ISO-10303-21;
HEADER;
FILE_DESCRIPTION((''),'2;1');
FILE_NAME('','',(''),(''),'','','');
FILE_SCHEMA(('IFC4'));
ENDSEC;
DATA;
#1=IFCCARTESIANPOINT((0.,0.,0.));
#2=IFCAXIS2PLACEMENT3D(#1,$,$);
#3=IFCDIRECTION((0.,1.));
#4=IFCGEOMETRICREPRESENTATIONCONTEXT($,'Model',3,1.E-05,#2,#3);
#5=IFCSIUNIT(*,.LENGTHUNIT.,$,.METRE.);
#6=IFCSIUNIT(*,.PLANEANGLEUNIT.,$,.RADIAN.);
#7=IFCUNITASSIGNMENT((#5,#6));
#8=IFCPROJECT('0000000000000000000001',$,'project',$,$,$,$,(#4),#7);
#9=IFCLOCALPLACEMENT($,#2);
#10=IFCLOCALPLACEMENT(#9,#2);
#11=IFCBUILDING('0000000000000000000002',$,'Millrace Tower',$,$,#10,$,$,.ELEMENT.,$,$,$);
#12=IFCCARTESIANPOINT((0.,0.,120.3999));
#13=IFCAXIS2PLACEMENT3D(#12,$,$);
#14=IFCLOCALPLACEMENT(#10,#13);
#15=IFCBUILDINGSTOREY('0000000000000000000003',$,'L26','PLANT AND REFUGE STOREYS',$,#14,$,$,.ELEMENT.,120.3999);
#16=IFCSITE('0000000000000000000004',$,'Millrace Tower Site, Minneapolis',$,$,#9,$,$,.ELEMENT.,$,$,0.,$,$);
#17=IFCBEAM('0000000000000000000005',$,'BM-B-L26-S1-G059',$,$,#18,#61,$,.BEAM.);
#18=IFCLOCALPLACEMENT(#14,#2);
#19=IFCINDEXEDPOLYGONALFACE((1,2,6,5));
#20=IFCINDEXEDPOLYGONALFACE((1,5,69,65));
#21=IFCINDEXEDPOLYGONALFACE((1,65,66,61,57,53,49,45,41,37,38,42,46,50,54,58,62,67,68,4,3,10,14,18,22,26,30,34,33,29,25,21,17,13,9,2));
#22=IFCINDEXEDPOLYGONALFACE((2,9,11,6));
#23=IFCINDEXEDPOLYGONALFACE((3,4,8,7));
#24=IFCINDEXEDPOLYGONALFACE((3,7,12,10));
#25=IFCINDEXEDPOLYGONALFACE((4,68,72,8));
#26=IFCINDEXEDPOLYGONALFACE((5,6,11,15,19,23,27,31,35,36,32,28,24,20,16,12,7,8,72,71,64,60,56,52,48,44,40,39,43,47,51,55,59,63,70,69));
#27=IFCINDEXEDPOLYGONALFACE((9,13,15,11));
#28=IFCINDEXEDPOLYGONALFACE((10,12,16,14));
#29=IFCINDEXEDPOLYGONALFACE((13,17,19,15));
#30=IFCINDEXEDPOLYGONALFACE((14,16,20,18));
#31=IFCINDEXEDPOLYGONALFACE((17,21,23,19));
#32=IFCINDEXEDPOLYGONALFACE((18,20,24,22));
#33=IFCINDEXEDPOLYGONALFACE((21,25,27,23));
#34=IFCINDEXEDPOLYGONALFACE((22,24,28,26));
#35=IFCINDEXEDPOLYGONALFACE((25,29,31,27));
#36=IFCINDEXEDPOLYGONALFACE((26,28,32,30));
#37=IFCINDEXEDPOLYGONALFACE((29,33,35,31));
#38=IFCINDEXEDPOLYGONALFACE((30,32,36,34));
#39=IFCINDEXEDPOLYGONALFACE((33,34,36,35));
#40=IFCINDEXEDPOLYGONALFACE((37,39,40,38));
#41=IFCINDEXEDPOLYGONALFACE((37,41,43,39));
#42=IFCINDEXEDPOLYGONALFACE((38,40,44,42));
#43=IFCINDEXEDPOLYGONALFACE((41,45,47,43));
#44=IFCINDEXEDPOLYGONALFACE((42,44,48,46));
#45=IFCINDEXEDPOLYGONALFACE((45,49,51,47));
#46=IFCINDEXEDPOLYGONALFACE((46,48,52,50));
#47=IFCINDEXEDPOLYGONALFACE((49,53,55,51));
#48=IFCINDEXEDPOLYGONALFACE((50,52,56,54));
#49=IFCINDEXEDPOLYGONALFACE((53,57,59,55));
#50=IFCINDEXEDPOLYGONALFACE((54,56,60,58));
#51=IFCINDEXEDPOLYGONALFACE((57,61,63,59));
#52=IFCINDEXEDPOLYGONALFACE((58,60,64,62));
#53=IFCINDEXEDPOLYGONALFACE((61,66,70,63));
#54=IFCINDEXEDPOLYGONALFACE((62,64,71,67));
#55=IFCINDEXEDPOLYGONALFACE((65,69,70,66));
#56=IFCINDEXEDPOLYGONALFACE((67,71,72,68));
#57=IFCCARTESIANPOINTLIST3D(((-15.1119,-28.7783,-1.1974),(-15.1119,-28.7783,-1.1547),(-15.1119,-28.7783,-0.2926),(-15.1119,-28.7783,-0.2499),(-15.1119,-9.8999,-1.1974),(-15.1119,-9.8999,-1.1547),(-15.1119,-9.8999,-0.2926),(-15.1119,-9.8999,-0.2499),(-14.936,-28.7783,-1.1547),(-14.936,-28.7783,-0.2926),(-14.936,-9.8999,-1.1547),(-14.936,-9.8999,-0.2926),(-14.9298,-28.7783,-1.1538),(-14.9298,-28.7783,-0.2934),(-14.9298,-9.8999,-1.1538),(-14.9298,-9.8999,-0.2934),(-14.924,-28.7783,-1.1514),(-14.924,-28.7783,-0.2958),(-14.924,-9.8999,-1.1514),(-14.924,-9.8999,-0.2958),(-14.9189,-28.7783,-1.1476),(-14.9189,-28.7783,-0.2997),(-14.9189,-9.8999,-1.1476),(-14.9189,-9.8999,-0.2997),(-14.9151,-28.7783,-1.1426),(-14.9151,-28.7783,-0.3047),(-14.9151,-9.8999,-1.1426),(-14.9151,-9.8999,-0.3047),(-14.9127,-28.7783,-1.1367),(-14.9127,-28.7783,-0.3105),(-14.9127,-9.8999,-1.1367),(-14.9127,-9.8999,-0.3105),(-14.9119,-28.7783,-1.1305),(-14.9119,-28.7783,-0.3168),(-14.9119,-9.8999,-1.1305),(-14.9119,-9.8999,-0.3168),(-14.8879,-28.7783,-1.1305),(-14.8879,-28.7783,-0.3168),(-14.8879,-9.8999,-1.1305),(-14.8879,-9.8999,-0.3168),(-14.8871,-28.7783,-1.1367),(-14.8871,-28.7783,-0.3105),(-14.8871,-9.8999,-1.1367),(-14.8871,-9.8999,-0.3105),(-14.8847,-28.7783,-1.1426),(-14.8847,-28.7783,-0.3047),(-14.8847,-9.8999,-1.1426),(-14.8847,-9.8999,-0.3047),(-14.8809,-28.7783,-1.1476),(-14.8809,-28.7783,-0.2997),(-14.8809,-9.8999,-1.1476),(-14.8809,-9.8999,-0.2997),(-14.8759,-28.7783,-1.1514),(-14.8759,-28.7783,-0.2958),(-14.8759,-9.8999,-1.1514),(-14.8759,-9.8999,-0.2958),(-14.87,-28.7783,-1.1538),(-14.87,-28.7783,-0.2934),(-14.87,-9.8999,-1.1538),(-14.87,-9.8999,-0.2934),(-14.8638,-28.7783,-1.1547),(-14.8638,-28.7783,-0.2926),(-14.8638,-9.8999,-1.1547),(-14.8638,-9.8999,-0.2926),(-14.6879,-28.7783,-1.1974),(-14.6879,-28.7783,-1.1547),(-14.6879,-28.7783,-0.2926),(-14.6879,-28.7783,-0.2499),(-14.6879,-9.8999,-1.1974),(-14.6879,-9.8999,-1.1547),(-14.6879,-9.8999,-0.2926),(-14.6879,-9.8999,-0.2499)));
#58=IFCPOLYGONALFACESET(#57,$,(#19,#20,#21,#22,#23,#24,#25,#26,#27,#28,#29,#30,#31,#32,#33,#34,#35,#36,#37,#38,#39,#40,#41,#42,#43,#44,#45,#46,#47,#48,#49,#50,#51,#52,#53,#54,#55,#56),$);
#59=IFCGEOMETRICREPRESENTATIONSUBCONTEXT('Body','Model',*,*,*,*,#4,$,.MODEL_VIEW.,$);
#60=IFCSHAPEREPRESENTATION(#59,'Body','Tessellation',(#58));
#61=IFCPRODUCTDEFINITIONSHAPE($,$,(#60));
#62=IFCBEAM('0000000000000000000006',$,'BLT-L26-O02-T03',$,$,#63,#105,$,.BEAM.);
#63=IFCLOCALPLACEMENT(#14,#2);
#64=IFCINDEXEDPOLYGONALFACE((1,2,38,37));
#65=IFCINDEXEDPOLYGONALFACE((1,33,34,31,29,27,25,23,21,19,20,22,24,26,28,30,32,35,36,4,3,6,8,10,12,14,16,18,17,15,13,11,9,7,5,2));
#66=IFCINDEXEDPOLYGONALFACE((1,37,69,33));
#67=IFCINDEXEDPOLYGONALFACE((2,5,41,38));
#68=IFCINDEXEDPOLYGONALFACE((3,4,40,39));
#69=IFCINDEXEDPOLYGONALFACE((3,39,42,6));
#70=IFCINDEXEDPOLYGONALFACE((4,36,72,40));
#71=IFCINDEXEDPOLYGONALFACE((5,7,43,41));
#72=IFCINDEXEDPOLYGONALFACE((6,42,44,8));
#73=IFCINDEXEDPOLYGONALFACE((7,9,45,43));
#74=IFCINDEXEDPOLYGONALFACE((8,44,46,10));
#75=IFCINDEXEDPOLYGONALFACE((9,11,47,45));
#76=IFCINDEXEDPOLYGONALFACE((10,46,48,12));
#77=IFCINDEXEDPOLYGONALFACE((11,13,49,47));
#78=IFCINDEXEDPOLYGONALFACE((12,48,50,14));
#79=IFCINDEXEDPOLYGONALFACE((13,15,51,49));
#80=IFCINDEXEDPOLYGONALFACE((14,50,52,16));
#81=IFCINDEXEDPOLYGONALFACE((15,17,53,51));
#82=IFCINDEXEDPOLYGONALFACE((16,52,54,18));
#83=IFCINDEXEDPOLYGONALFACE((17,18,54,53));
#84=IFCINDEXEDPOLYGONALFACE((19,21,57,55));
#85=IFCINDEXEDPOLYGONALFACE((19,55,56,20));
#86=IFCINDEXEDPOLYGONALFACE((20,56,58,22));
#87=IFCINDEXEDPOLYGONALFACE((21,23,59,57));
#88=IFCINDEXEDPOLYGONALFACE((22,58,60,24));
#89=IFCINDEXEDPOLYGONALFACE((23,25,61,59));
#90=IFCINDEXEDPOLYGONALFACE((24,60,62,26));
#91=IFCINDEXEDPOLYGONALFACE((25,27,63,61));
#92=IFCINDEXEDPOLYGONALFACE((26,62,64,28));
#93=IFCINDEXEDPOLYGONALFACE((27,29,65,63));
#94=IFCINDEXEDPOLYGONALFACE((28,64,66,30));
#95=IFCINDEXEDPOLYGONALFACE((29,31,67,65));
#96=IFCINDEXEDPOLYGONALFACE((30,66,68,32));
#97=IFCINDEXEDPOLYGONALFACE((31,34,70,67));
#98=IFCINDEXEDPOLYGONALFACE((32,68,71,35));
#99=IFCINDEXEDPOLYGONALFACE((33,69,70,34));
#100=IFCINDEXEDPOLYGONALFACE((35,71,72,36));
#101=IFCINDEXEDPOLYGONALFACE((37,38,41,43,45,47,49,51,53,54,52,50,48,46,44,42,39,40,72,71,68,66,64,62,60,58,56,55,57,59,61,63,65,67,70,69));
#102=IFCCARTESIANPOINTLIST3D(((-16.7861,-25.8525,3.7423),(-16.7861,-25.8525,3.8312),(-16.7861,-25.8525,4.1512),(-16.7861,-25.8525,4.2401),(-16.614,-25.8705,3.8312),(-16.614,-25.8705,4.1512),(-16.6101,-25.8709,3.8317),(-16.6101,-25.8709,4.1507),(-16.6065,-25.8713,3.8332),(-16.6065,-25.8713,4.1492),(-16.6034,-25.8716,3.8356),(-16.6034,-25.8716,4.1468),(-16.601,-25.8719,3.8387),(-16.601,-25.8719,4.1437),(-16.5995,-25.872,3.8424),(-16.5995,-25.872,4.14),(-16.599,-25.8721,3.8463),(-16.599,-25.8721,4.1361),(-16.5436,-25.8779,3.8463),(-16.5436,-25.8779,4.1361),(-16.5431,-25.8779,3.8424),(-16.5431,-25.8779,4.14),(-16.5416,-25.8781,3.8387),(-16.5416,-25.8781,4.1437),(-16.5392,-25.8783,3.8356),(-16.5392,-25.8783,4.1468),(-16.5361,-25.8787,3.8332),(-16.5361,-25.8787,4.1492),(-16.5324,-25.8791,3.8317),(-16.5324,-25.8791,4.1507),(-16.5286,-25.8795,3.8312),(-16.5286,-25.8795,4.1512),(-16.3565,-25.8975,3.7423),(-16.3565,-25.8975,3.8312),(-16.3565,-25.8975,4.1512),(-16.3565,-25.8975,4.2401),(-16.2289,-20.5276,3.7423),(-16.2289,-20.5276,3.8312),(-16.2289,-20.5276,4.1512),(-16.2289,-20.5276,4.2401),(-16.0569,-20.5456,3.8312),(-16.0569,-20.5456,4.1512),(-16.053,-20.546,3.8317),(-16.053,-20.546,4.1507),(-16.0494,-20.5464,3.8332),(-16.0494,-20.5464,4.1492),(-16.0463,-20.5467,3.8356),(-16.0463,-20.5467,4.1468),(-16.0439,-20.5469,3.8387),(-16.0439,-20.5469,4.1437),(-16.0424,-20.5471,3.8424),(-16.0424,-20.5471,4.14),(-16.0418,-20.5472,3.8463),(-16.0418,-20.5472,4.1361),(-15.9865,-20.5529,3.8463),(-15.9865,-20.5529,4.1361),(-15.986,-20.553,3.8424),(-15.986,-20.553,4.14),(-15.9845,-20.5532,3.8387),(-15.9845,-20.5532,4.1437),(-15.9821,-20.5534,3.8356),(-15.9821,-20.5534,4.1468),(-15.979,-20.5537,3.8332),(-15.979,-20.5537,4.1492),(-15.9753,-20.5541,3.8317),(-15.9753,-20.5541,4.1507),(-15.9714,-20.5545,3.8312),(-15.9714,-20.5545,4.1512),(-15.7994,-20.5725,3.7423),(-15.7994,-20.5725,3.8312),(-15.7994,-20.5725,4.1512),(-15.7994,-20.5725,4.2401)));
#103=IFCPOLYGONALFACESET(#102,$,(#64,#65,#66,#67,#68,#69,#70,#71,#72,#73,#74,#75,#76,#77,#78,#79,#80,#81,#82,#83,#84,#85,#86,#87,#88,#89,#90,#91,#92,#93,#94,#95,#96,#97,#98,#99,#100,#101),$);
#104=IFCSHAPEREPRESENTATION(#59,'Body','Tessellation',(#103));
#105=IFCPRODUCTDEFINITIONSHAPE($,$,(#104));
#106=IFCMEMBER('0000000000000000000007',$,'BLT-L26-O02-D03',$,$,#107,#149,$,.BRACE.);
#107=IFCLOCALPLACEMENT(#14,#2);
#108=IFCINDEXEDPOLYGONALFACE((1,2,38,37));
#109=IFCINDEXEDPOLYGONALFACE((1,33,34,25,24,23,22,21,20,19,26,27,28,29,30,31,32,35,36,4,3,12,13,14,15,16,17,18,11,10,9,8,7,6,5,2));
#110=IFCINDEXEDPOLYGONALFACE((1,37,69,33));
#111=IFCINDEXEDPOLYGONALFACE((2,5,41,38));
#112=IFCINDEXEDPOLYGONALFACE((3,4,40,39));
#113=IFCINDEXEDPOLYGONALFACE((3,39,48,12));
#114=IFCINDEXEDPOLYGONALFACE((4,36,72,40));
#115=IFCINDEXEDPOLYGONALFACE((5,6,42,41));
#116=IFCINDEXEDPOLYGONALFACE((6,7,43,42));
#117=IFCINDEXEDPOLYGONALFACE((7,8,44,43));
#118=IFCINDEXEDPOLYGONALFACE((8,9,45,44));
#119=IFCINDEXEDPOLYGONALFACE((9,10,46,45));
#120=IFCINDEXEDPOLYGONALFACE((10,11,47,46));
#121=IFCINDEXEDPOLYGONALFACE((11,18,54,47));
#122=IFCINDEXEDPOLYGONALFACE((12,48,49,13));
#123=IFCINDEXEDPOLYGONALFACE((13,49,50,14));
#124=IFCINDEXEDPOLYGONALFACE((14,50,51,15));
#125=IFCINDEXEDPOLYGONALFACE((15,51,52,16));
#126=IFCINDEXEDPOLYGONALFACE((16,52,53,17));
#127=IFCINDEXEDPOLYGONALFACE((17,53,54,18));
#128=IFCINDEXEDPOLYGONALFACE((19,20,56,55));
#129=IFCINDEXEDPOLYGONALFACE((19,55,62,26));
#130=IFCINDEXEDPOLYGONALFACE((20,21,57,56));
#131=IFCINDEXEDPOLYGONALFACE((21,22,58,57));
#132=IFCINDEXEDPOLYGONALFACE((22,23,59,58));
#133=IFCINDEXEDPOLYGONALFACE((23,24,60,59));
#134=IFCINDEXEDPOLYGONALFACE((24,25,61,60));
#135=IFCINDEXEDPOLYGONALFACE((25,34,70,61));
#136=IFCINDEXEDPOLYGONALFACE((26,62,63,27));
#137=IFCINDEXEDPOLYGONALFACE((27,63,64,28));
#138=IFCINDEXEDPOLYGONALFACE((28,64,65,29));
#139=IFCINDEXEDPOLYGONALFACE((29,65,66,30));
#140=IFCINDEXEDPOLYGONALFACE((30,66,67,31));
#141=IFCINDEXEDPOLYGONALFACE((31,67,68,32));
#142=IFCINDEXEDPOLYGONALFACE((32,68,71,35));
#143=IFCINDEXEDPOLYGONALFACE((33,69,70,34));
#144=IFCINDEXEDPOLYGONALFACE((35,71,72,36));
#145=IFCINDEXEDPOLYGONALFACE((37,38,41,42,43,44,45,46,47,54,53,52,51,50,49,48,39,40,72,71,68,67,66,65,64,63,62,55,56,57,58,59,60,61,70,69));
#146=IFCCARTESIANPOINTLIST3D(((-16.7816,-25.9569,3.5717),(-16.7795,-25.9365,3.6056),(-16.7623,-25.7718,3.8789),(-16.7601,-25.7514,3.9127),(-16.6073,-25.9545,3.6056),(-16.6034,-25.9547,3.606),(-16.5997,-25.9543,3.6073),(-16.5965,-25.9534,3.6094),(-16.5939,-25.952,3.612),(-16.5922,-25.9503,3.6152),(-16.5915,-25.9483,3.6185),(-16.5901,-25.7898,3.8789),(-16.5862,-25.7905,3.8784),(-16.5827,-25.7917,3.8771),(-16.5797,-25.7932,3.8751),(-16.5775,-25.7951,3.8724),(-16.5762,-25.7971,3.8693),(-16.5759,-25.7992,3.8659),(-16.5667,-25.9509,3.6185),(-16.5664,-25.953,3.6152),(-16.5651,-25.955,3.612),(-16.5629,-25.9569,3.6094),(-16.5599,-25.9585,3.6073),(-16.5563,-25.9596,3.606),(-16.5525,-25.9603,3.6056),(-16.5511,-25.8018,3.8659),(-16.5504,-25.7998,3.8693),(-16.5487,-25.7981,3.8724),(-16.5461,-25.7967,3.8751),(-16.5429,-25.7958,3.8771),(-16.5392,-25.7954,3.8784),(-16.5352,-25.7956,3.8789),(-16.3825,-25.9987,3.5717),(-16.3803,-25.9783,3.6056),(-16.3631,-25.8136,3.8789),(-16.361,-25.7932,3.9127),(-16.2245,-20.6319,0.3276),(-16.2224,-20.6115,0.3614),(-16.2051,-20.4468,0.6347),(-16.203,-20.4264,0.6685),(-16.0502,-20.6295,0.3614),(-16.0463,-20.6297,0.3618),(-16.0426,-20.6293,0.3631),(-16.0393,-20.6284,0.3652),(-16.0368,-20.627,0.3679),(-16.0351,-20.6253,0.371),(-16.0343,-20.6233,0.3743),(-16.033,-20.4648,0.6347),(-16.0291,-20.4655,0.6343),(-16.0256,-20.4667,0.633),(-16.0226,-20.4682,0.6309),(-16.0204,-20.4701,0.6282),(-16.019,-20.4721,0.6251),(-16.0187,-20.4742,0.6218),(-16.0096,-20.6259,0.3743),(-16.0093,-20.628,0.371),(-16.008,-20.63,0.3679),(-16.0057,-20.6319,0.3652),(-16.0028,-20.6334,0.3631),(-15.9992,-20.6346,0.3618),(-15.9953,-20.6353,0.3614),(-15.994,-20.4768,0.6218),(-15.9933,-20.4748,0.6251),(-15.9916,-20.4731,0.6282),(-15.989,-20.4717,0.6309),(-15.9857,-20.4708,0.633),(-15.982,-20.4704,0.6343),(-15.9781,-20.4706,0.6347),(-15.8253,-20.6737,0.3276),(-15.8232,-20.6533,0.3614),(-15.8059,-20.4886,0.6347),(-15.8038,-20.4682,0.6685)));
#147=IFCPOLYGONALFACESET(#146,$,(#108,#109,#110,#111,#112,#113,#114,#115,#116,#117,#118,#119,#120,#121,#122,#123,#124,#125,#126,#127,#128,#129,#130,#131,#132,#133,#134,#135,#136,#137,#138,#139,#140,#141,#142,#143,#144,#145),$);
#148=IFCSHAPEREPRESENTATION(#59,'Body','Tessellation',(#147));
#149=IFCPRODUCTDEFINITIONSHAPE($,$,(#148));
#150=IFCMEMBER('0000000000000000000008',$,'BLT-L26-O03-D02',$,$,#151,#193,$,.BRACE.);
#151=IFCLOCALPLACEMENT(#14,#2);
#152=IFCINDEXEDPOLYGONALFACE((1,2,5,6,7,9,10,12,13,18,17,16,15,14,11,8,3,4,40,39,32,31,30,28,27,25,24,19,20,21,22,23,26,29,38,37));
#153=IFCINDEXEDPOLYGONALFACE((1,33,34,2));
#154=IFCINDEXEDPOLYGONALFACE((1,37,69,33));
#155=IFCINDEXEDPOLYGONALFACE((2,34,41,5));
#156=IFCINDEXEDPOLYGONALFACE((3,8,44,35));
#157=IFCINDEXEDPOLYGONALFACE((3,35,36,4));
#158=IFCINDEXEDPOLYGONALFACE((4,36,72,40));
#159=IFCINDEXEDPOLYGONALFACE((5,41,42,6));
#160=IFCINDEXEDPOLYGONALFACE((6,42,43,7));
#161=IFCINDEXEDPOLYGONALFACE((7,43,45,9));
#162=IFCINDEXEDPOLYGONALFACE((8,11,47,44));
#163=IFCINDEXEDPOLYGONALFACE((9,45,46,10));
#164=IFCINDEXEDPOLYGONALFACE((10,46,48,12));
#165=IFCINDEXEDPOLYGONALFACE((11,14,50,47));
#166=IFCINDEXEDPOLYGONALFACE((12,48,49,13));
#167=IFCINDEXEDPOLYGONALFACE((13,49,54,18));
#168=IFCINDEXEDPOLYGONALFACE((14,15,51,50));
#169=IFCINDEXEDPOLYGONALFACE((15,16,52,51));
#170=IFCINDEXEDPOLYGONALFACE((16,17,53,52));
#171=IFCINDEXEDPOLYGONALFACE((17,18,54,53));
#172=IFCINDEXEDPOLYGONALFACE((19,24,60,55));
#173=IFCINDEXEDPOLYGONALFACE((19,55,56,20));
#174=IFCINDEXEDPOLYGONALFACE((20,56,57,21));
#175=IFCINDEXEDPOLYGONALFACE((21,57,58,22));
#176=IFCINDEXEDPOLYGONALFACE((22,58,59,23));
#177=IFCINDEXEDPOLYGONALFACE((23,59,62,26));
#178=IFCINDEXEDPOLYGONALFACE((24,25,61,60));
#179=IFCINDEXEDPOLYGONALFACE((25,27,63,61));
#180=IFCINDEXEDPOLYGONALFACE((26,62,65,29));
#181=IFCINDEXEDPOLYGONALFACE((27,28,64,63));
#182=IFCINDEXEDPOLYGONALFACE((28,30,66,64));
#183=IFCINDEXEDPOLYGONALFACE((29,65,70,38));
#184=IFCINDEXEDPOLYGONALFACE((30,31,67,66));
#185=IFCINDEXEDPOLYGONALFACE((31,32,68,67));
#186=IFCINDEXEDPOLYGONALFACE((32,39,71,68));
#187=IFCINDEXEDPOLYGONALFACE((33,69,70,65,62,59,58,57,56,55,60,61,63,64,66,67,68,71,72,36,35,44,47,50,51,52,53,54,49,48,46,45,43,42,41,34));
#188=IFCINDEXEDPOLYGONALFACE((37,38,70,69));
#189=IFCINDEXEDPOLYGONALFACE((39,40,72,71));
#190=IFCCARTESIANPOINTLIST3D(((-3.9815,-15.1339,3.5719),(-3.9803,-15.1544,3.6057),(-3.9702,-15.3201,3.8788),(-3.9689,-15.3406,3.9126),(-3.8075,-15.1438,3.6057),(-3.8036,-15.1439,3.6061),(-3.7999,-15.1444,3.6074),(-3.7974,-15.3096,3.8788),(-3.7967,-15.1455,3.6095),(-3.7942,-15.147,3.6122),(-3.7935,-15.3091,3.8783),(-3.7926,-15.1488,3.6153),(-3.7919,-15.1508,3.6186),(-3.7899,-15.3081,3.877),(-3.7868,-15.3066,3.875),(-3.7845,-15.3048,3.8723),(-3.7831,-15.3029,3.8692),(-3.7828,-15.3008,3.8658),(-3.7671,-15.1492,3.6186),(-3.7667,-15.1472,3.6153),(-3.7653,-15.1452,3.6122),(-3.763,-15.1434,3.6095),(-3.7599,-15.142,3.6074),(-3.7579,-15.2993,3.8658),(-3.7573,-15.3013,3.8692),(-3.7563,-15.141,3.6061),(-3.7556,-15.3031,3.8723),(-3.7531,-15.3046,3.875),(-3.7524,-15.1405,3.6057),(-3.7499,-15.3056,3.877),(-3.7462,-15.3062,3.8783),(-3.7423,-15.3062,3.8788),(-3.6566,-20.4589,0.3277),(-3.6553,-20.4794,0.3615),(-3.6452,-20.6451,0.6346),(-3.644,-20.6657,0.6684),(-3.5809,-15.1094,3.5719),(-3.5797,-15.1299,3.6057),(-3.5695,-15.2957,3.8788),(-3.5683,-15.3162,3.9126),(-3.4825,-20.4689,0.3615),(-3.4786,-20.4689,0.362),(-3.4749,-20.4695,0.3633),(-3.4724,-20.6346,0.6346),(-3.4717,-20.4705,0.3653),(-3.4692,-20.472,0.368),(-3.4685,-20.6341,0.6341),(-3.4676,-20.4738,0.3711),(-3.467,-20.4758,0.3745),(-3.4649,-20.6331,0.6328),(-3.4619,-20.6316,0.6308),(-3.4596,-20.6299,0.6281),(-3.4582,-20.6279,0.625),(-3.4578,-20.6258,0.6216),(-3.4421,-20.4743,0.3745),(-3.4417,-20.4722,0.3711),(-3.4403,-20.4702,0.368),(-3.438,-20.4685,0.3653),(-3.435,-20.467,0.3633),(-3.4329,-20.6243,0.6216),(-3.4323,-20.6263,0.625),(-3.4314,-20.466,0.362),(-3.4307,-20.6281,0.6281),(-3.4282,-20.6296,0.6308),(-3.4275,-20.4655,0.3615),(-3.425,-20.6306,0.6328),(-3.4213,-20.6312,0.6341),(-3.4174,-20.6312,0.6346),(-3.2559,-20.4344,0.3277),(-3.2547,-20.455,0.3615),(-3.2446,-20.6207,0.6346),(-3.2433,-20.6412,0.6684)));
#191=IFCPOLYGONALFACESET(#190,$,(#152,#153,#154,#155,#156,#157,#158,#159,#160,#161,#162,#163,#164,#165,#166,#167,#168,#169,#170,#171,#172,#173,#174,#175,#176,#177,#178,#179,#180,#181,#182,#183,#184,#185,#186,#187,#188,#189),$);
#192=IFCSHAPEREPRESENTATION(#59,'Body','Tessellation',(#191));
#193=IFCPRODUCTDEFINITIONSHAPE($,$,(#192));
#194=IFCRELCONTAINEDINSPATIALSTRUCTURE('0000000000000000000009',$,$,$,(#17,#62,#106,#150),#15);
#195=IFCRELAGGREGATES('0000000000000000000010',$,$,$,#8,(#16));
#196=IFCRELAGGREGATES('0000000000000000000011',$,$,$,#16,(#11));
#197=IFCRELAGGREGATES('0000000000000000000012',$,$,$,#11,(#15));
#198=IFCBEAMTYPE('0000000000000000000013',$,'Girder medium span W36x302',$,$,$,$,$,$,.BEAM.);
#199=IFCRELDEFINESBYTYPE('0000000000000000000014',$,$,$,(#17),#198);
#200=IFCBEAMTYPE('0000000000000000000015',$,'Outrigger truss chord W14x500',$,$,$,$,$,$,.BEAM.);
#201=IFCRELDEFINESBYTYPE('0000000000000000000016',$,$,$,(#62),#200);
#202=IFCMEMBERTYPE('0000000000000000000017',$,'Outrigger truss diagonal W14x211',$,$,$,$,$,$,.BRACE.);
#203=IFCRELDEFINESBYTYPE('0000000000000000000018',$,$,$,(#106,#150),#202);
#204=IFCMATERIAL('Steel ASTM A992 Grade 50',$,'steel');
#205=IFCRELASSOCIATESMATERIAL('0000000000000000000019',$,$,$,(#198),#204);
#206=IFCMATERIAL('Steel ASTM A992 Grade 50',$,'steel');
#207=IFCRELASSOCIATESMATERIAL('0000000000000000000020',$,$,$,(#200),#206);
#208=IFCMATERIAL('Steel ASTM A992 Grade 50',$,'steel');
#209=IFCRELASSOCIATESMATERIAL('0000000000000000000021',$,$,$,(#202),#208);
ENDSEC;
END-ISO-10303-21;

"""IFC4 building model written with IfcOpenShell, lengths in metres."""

from ifc_helpers import new_model, si_unit, direction, frame, origin, origin_2d, place, context, subcontext, project, spatial, i_section, extrude, material, material_profile, profile_set, type_object, element, save


model = new_model("IFC4")

# Units and contexts
model_context = context("Model", 3, precision=1e-05, world=origin(), true_north=direction((0.0, 1.0)))
body_context = subcontext(model_context, "Body", "Model", "MODEL_VIEW")
ifc_project = project(units=[si_unit("LENGTHUNIT", "METRE"), si_unit("PLANEANGLEUNIT", "RADIAN")], contexts=[model_context])

# Site, building, storey
site_placement = place(None, origin())
site = spatial("IfcSite", under=ifc_project, at=site_placement, Name="Millrace Tower Site, Minneapolis", CompositionType="ELEMENT", RefElevation=0.0)
building_placement = place(site_placement, origin())
building = spatial("IfcBuilding", under=site, at=building_placement, Name="Millrace Tower", CompositionType="ELEMENT")
storey_placement = place(building_placement, frame((0.0, 0.0, 120.3999)))
storey = spatial("IfcBuildingStorey", under=building, at=storey_placement, Name="L26", Description="PLANT AND REFUGE STOREYS", CompositionType="ELEMENT", Elevation=120.3999)

# Beams
ifc_material_1 = material(Name="Steel ASTM A992 Grade 50", Category="steel")
ifc_material_profile_1 = material_profile(ifc_material_1, i_section(OverallWidth=0.4241, OverallDepth=0.9475, WebThickness=0.0239, FlangeThickness=0.0427, FilletRadius=0.0242, at=origin_2d()))
ifc_profile_set_1 = profile_set([ifc_material_profile_1], Name="Steel ASTM A992 Grade 50")
beam_type_1 = type_object("IfcBeamType", Name="Girder medium span W36x302", PredefinedType="BEAM", material=ifc_profile_set_1)
beam_1_placement = place(storey_placement, frame((-14.8999, -28.7783, -0.7236), z_axis=(0.0, 1.0, 0.0), x_axis=(-1.0, 0.0, 0.0)))
element("IfcBeam", 1, at=beam_1_placement, inside=storey, type_object=beam_type_1, Name="BM-B-L26-S1-G059", PredefinedType="BEAM", context=body_context, shape_type="SweptSolid", body=[
    extrude(i_section(OverallWidth=0.4241, OverallDepth=0.9475, WebThickness=0.0239, FlangeThickness=0.0427, FilletRadius=0.0242, at=origin_2d()), origin(), (0.0, 0.0, 1.0), 18.8784),
])
ifc_material_2 = material(Name="Steel ASTM A992 Grade 50", Category="steel")
ifc_material_profile_2 = material_profile(ifc_material_2, i_section(OverallWidth=0.4319, OverallDepth=0.4978, WebThickness=0.0557, FlangeThickness=0.0889, FilletRadius=0.0151, at=origin_2d()))
ifc_profile_set_2 = profile_set([ifc_material_profile_2], Name="Steel ASTM A992 Grade 50")
beam_type_2 = type_object("IfcBeamType", Name="Outrigger truss chord W14x500", PredefinedType="BEAM", material=ifc_profile_set_2)
beam_2_placement = place(storey_placement, frame((-16.0142, -20.55, 3.9912), z_axis=(-0.104058, -0.994571, 0.0), x_axis=(0.994571, -0.104058, 0.0)))
element("IfcBeam", 2, at=beam_2_placement, inside=storey, type_object=beam_type_2, Name="BLT-L26-O02-T03", PredefinedType="BEAM", context=body_context, shape_type="SweptSolid", body=[
    extrude(i_section(OverallWidth=0.4319, OverallDepth=0.4978, WebThickness=0.0557, FlangeThickness=0.0889, FilletRadius=0.0151, at=origin_2d()), origin(), (0.0, 0.0, 1.0), 5.354),
])

# Members
ifc_material_3 = material(Name="Steel ASTM A992 Grade 50", Category="steel")
ifc_material_profile_3 = material_profile(ifc_material_3, i_section(OverallWidth=0.4014, OverallDepth=0.3987, WebThickness=0.0249, FlangeThickness=0.0396, FilletRadius=0.0151, at=origin_2d()))
ifc_profile_set_3 = profile_set([ifc_material_profile_3], Name="Steel ASTM A992 Grade 50")
member_type_1 = type_object("IfcMemberType", Name="Outrigger truss diagonal W14x211", PredefinedType="BRACE", material=ifc_profile_set_3)
member_1_placement = place(storey_placement, frame((-16.0142, -20.55, 0.498), z_axis=(-0.088996, -0.850606, 0.518218), x_axis=(0.994571, -0.104058, 0.0)))
element("IfcMember", 3, at=member_1_placement, inside=storey, type_object=member_type_1, Name="BLT-L26-O02-D03", PredefinedType="BRACE", context=body_context, shape_type="SweptSolid", body=[
    extrude(i_section(OverallWidth=0.4014, OverallDepth=0.3987, WebThickness=0.0249, FlangeThickness=0.0396, FilletRadius=0.0151, at=origin_2d()), origin(), (0.0, 0.0, 1.0), 6.2603),
])
member_2_placement = place(storey_placement, frame((-3.45, -20.55, 0.498), z_axis=(-0.052044, 0.852837, 0.519577), x_axis=(-0.998143, -0.060911, 0.0)))
element("IfcMember", 4, at=member_2_placement, inside=storey, type_object=member_type_1, Name="BLT-L26-O03-D02", PredefinedType="BRACE", context=body_context, shape_type="SweptSolid", body=[
    extrude(i_section(OverallWidth=0.4014, OverallDepth=0.3987, WebThickness=0.0249, FlangeThickness=0.0396, FilletRadius=0.0151, at=origin_2d()), origin(), (0.0, 0.0, 1.0), 6.2439),
])

save(model, "model.ifc")
